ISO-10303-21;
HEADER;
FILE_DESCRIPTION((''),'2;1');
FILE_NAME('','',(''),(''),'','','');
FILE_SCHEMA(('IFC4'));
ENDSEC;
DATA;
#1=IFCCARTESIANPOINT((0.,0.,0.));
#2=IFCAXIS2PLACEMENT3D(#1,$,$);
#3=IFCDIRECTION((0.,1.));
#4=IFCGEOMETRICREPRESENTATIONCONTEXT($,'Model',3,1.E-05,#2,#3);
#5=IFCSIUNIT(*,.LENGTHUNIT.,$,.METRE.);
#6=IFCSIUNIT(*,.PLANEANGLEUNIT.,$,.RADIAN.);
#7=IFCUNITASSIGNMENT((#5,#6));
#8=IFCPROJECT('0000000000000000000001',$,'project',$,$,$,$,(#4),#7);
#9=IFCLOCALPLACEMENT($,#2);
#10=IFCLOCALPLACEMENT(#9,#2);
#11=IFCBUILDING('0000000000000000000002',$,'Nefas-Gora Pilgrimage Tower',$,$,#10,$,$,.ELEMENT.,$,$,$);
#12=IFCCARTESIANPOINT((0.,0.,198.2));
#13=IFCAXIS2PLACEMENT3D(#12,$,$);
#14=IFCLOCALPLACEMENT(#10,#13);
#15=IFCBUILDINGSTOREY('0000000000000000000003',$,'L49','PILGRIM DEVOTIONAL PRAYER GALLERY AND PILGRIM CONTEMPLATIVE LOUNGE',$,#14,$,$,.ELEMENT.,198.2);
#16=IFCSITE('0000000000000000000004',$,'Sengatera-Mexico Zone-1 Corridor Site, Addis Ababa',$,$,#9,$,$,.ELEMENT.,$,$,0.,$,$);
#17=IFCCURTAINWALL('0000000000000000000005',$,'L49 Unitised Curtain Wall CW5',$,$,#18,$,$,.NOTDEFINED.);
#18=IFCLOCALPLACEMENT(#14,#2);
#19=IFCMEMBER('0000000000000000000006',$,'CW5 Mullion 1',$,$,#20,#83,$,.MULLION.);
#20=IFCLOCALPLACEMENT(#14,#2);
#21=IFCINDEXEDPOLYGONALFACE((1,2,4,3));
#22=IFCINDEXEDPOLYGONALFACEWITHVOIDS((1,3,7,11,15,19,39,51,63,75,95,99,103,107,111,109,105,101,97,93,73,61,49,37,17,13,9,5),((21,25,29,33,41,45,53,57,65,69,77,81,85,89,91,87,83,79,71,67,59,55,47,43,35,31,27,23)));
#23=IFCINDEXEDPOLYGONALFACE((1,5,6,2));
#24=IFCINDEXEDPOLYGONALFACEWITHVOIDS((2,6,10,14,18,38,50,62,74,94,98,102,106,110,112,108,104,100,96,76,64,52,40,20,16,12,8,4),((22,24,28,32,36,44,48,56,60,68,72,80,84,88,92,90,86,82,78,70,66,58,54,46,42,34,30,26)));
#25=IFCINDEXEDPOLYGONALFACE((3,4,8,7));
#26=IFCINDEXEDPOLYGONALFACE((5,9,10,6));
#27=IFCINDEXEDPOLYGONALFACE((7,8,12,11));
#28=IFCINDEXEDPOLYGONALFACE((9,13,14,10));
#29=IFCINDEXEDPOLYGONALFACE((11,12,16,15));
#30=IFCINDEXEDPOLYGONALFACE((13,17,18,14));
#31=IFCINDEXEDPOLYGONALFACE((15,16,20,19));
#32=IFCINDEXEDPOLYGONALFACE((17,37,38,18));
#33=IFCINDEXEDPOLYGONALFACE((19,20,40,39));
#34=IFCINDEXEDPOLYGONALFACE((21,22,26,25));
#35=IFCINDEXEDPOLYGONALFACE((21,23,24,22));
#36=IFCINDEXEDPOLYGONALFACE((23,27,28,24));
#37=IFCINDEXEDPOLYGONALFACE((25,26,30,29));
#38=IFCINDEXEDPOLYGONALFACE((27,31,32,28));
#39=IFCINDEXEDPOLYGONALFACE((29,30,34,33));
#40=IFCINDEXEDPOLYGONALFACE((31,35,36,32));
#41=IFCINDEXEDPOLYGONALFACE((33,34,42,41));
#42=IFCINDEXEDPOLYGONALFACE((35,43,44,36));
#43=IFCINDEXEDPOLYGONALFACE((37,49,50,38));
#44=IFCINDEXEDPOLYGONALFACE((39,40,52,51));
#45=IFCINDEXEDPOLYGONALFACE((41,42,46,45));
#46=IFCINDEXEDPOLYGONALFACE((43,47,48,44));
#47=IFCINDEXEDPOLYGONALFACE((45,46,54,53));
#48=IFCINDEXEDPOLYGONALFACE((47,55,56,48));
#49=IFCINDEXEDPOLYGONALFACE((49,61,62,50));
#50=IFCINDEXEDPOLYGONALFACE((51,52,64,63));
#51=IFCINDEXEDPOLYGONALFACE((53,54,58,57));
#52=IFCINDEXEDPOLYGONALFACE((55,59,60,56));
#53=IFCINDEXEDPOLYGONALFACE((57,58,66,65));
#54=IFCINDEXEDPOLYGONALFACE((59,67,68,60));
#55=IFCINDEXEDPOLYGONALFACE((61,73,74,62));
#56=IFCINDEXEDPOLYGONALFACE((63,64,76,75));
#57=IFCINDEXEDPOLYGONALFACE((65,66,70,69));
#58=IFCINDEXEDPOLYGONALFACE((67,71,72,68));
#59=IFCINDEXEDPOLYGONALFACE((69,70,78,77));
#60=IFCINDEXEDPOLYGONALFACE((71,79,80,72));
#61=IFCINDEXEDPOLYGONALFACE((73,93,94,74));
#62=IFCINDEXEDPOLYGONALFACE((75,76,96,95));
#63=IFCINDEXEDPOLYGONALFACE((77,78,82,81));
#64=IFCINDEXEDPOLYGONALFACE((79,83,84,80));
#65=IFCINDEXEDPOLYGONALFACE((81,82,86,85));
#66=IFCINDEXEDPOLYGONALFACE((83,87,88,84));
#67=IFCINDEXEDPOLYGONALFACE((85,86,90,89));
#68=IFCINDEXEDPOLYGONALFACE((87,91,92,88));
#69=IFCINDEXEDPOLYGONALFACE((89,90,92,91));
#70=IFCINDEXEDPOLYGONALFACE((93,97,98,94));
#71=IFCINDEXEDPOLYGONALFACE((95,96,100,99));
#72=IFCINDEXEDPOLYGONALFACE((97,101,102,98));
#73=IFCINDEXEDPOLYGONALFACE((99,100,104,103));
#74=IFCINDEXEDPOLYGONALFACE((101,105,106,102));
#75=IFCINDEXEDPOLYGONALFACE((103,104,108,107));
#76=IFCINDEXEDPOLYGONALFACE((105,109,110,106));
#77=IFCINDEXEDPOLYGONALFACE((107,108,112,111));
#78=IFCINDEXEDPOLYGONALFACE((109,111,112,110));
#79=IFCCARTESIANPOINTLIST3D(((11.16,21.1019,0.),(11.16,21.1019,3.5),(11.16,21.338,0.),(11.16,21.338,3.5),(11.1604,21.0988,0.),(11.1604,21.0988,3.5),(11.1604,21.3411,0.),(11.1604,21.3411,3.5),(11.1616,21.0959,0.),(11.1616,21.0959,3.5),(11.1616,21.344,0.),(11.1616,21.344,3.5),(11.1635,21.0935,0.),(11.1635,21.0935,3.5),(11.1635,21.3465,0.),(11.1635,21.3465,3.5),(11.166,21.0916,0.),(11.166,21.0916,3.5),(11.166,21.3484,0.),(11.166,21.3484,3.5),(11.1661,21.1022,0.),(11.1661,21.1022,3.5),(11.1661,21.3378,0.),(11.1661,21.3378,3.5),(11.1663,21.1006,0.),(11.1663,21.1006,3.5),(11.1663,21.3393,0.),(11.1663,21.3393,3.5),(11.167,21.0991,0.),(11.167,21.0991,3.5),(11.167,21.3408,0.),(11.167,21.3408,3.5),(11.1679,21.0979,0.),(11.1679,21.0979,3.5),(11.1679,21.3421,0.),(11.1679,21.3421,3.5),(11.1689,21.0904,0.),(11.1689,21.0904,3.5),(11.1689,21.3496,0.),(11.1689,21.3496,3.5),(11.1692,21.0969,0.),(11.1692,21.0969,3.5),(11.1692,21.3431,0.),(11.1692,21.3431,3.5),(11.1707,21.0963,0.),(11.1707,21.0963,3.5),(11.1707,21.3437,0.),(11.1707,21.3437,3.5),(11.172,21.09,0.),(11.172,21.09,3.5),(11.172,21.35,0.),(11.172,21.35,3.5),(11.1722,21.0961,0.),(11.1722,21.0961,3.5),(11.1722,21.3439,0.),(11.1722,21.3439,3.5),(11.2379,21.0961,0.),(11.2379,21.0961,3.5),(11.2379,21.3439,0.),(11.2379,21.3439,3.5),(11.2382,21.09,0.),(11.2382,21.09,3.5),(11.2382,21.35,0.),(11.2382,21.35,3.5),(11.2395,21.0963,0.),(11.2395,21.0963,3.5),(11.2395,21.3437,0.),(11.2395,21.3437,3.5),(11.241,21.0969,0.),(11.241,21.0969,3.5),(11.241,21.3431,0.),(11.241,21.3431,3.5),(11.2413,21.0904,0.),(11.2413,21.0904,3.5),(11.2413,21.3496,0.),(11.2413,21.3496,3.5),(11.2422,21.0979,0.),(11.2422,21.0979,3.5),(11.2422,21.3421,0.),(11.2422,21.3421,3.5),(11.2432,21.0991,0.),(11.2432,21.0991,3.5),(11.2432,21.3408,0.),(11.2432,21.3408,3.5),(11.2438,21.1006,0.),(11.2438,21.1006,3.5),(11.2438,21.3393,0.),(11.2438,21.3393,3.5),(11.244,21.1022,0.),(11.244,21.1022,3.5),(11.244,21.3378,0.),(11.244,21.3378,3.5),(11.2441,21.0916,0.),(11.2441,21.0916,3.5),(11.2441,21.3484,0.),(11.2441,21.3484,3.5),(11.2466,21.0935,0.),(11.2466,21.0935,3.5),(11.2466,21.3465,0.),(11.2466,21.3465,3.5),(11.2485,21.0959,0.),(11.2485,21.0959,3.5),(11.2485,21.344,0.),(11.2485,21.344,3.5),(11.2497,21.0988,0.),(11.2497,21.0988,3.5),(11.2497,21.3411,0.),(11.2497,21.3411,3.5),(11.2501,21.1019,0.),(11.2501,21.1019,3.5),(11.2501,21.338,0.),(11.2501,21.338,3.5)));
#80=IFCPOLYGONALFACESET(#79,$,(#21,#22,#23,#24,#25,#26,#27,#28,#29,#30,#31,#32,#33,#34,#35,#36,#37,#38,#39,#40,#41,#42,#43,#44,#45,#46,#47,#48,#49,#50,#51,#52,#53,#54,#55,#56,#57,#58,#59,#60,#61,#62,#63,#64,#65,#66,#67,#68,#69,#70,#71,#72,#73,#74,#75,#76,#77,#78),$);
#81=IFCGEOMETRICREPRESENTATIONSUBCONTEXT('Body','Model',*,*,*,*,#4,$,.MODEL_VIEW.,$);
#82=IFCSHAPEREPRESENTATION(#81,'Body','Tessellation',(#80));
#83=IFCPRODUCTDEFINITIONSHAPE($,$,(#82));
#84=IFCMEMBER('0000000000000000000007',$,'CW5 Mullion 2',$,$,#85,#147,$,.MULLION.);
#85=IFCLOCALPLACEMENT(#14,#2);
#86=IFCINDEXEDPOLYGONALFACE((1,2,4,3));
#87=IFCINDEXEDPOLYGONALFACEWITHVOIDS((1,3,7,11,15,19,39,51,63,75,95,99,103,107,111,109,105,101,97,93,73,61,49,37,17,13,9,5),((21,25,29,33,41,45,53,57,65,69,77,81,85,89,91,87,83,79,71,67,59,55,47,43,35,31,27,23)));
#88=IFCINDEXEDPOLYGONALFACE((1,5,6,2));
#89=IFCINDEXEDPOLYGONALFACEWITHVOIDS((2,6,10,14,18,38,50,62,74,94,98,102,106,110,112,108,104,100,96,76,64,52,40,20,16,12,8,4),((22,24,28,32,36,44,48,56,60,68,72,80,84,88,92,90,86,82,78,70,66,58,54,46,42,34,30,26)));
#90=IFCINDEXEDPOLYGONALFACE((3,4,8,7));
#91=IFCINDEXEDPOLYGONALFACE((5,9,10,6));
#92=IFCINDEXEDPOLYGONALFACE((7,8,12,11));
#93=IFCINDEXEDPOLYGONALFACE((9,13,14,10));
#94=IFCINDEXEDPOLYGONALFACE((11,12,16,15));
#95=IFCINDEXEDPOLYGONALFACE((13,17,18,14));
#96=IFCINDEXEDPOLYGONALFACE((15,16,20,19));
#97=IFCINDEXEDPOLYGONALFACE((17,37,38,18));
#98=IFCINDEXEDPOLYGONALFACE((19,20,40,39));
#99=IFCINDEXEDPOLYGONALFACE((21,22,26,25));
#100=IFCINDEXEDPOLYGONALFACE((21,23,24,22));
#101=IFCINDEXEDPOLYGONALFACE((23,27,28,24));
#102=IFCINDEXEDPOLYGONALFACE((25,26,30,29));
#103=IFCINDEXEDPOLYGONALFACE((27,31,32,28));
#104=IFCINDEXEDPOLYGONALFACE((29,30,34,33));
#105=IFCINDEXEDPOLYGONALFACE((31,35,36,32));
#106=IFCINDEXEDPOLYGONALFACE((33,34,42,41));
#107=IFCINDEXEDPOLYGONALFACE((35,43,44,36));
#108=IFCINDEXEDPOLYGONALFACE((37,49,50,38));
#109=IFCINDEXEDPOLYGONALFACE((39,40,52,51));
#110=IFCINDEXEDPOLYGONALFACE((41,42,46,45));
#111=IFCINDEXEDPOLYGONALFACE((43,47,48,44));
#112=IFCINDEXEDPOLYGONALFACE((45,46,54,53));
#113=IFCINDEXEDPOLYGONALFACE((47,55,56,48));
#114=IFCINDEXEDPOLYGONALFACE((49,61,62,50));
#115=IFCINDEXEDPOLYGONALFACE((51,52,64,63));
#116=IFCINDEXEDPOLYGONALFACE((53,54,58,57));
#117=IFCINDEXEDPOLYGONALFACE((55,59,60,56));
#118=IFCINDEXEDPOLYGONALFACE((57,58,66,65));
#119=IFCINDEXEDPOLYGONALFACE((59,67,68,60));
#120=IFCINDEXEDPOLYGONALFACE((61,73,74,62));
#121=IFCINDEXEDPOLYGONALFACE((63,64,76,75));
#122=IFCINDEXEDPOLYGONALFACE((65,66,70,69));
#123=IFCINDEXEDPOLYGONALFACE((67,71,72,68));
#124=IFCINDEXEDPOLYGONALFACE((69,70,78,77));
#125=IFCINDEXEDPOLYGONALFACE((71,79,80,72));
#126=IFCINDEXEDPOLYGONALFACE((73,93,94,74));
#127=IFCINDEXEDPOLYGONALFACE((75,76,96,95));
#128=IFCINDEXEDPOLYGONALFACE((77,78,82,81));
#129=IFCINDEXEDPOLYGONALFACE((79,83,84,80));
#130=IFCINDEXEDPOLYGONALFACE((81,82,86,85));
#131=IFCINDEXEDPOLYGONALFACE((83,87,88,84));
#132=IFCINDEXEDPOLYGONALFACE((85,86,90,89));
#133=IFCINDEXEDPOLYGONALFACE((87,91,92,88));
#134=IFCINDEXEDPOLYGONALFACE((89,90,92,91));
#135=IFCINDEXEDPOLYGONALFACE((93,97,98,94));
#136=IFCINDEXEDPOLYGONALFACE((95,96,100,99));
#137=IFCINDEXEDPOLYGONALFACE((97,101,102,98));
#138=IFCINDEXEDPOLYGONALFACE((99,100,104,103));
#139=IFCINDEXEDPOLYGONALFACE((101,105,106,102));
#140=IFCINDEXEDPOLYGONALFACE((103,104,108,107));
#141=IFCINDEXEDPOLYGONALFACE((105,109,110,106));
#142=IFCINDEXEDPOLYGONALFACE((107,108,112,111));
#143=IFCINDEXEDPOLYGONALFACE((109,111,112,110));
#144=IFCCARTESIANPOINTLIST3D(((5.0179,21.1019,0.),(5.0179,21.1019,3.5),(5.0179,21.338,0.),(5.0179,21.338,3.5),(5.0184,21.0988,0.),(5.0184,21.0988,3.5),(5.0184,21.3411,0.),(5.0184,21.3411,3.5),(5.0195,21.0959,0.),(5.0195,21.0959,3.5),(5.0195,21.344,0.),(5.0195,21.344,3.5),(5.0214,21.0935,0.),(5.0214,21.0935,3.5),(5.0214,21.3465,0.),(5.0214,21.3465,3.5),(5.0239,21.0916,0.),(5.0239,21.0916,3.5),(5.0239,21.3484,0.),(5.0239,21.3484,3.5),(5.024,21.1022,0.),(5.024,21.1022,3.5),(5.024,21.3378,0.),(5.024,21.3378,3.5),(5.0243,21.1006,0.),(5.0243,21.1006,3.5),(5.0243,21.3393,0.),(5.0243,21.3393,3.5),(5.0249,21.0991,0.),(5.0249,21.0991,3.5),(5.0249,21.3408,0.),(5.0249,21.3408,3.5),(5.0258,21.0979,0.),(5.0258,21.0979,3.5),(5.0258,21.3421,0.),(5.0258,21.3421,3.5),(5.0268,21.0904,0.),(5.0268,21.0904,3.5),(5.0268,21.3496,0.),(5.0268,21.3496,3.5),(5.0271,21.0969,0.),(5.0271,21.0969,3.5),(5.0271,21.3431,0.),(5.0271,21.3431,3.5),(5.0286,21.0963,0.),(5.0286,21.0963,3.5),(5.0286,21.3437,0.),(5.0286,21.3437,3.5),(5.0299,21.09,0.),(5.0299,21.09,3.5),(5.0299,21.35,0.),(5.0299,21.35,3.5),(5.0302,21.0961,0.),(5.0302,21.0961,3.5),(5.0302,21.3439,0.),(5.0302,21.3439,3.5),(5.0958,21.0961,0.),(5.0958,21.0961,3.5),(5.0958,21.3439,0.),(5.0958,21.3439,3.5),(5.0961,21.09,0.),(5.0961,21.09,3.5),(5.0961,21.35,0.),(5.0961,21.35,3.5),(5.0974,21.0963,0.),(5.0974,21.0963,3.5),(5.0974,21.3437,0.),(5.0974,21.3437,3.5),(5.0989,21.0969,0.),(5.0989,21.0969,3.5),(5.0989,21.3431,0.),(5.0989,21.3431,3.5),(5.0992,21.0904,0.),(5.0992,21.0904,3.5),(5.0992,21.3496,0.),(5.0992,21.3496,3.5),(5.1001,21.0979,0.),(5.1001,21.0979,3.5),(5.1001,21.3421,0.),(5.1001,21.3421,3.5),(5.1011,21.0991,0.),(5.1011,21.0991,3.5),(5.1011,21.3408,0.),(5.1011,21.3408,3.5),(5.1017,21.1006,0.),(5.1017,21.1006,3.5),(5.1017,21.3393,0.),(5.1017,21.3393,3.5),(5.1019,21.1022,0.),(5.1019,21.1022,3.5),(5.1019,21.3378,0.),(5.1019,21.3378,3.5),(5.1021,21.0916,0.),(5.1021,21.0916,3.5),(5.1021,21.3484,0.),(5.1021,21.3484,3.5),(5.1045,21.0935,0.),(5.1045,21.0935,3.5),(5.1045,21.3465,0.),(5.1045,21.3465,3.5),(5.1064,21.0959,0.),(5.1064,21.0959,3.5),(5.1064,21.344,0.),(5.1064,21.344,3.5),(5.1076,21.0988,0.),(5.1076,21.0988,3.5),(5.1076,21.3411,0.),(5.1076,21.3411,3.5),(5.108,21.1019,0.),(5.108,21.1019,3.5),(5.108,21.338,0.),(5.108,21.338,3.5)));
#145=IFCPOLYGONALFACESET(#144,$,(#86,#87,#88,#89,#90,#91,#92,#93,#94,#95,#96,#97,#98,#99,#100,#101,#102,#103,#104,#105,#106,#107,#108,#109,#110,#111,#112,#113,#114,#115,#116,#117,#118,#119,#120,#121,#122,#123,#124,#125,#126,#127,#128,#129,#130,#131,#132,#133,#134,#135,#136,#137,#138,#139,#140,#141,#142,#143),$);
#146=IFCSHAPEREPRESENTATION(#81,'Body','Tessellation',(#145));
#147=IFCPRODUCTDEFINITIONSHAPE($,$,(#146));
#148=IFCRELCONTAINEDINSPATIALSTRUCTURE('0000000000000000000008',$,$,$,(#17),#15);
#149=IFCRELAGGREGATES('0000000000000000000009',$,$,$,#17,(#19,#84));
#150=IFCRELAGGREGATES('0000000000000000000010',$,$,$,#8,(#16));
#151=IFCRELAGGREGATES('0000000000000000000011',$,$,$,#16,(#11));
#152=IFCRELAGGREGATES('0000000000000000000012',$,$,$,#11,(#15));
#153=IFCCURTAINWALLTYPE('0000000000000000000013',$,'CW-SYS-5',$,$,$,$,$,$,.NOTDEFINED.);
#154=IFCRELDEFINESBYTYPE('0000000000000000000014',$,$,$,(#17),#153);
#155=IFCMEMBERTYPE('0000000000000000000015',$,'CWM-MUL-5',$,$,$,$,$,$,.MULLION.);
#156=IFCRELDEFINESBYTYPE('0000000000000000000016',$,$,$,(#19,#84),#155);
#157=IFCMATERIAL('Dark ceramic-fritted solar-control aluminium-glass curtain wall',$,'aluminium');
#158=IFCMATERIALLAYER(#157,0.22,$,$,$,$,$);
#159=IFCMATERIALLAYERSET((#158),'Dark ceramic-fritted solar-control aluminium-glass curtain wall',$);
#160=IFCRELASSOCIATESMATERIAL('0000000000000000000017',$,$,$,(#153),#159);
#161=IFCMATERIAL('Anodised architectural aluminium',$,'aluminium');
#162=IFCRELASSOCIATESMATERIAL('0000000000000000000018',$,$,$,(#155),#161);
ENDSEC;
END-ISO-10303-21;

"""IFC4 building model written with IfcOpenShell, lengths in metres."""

from ifc_helpers import new_model, si_unit, direction, frame, origin, origin_2d, place, context, subcontext, project, spatial, hollow_rectangle, extrude, source, transform, mapped, material, layer, layer_set, material_profile, profile_set, type_object, element, aggregate, save


model = new_model("IFC4")

# Units and contexts
model_context = context("Model", 3, precision=1e-05, world=origin(), true_north=direction((0.0, 1.0)))
body_context = subcontext(model_context, "Body", "Model", "MODEL_VIEW")
ifc_project = project(units=[si_unit("LENGTHUNIT", "METRE"), si_unit("PLANEANGLEUNIT", "RADIAN")], contexts=[model_context])

# Site, building, storey
site_placement = place(None, origin())
site = spatial("IfcSite", under=ifc_project, at=site_placement, Name="Sengatera-Mexico Zone-1 Corridor Site, Addis Ababa", CompositionType="ELEMENT", RefElevation=0.0)
building_placement = place(site_placement, origin())
building = spatial("IfcBuilding", under=site, at=building_placement, Name="Nefas-Gora Pilgrimage Tower", CompositionType="ELEMENT")
storey_placement = place(building_placement, frame((0.0, 0.0, 198.2)))
storey = spatial("IfcBuildingStorey", under=building, at=storey_placement, Name="L49", Description="PILGRIM DEVOTIONAL PRAYER GALLERY AND PILGRIM CONTEMPLATIVE LOUNGE", CompositionType="ELEMENT", Elevation=198.2)

# Curtain wall
ifc_material_1 = material(Name="Dark ceramic-fritted solar-control aluminium-glass curtain wall", Category="aluminium")
ifc_layer_1 = layer(ifc_material_1, 0.22)
ifc_layer_set_1 = layer_set([ifc_layer_1], Name="Dark ceramic-fritted solar-control aluminium-glass curtain wall")
curtain_wall_type = type_object("IfcCurtainWallType", Name="CW-SYS-5", PredefinedType="NOTDEFINED", material=ifc_layer_set_1)
curtain_wall_1_placement = place(storey_placement, origin())
curtain_wall_1 = element("IfcCurtainWall", 1, at=curtain_wall_1_placement, inside=storey, type_object=curtain_wall_type, Name="L49 Unitised Curtain Wall CW5", PredefinedType="NOTDEFINED")
ifc_material_2 = material(Name="Anodised architectural aluminium", Category="aluminium")

# Members
ifc_material_profile_1 = material_profile(ifc_material_2, hollow_rectangle(XDim=0.0901, YDim=0.26, WallThickness=0.0061, InnerFilletRadius=0.0061, OuterFilletRadius=0.012, at=origin_2d()), Name="ALU MULLION 90x260")
ifc_profile_set_1 = profile_set([ifc_material_profile_1], Name="Anodised architectural aluminium")
member_type_1 = type_object("IfcMemberType", Name="CWM-MUL-5", PredefinedType="MULLION", material=ifc_profile_set_1)
shared_shape_1 = source(origin(), body_context, "Body", "SweptSolid", [
    extrude(hollow_rectangle(XDim=0.0901, YDim=0.26, WallThickness=0.0061, InnerFilletRadius=0.0061, OuterFilletRadius=0.012, at=origin_2d()), origin(), (0.0, 0.0, 1.0), 3.5),
])
member_1_placement = place(storey_placement, frame((11.2051, 21.22, 0.0), z_axis=(0.0, 0.0, 1.0), x_axis=(-1.0, 0.0, 0.0)))
member_1 = element("IfcMember", 2, at=member_1_placement, type_object=member_type_1, Name="CW5 Mullion 1", PredefinedType="MULLION", context=body_context, shape_type="MappedRepresentation", body=[
    mapped(shared_shape_1, transform((0.0, 0.0, 0.0), x_axis=(1.0, 0.0, 0.0), y_axis=(0.0, 1.0, 0.0), z_axis=(0.0, 0.0, 1.0), scale=1.0)),
])
member_2_placement = place(storey_placement, frame((5.063, 21.22, 0.0), z_axis=(0.0, 0.0, 1.0), x_axis=(-1.0, 0.0, 0.0)))
member_2 = element("IfcMember", 3, at=member_2_placement, type_object=member_type_1, Name="CW5 Mullion 2", PredefinedType="MULLION", context=body_context, shape_type="MappedRepresentation", body=[
    mapped(shared_shape_1, transform((0.0, 0.0, 0.0), x_axis=(1.0, 0.0, 0.0), y_axis=(0.0, 1.0, 0.0), z_axis=(0.0, 0.0, 1.0), scale=1.0)),
])

aggregate(curtain_wall_1, [member_1, member_2])

save(model, "model.ifc")
